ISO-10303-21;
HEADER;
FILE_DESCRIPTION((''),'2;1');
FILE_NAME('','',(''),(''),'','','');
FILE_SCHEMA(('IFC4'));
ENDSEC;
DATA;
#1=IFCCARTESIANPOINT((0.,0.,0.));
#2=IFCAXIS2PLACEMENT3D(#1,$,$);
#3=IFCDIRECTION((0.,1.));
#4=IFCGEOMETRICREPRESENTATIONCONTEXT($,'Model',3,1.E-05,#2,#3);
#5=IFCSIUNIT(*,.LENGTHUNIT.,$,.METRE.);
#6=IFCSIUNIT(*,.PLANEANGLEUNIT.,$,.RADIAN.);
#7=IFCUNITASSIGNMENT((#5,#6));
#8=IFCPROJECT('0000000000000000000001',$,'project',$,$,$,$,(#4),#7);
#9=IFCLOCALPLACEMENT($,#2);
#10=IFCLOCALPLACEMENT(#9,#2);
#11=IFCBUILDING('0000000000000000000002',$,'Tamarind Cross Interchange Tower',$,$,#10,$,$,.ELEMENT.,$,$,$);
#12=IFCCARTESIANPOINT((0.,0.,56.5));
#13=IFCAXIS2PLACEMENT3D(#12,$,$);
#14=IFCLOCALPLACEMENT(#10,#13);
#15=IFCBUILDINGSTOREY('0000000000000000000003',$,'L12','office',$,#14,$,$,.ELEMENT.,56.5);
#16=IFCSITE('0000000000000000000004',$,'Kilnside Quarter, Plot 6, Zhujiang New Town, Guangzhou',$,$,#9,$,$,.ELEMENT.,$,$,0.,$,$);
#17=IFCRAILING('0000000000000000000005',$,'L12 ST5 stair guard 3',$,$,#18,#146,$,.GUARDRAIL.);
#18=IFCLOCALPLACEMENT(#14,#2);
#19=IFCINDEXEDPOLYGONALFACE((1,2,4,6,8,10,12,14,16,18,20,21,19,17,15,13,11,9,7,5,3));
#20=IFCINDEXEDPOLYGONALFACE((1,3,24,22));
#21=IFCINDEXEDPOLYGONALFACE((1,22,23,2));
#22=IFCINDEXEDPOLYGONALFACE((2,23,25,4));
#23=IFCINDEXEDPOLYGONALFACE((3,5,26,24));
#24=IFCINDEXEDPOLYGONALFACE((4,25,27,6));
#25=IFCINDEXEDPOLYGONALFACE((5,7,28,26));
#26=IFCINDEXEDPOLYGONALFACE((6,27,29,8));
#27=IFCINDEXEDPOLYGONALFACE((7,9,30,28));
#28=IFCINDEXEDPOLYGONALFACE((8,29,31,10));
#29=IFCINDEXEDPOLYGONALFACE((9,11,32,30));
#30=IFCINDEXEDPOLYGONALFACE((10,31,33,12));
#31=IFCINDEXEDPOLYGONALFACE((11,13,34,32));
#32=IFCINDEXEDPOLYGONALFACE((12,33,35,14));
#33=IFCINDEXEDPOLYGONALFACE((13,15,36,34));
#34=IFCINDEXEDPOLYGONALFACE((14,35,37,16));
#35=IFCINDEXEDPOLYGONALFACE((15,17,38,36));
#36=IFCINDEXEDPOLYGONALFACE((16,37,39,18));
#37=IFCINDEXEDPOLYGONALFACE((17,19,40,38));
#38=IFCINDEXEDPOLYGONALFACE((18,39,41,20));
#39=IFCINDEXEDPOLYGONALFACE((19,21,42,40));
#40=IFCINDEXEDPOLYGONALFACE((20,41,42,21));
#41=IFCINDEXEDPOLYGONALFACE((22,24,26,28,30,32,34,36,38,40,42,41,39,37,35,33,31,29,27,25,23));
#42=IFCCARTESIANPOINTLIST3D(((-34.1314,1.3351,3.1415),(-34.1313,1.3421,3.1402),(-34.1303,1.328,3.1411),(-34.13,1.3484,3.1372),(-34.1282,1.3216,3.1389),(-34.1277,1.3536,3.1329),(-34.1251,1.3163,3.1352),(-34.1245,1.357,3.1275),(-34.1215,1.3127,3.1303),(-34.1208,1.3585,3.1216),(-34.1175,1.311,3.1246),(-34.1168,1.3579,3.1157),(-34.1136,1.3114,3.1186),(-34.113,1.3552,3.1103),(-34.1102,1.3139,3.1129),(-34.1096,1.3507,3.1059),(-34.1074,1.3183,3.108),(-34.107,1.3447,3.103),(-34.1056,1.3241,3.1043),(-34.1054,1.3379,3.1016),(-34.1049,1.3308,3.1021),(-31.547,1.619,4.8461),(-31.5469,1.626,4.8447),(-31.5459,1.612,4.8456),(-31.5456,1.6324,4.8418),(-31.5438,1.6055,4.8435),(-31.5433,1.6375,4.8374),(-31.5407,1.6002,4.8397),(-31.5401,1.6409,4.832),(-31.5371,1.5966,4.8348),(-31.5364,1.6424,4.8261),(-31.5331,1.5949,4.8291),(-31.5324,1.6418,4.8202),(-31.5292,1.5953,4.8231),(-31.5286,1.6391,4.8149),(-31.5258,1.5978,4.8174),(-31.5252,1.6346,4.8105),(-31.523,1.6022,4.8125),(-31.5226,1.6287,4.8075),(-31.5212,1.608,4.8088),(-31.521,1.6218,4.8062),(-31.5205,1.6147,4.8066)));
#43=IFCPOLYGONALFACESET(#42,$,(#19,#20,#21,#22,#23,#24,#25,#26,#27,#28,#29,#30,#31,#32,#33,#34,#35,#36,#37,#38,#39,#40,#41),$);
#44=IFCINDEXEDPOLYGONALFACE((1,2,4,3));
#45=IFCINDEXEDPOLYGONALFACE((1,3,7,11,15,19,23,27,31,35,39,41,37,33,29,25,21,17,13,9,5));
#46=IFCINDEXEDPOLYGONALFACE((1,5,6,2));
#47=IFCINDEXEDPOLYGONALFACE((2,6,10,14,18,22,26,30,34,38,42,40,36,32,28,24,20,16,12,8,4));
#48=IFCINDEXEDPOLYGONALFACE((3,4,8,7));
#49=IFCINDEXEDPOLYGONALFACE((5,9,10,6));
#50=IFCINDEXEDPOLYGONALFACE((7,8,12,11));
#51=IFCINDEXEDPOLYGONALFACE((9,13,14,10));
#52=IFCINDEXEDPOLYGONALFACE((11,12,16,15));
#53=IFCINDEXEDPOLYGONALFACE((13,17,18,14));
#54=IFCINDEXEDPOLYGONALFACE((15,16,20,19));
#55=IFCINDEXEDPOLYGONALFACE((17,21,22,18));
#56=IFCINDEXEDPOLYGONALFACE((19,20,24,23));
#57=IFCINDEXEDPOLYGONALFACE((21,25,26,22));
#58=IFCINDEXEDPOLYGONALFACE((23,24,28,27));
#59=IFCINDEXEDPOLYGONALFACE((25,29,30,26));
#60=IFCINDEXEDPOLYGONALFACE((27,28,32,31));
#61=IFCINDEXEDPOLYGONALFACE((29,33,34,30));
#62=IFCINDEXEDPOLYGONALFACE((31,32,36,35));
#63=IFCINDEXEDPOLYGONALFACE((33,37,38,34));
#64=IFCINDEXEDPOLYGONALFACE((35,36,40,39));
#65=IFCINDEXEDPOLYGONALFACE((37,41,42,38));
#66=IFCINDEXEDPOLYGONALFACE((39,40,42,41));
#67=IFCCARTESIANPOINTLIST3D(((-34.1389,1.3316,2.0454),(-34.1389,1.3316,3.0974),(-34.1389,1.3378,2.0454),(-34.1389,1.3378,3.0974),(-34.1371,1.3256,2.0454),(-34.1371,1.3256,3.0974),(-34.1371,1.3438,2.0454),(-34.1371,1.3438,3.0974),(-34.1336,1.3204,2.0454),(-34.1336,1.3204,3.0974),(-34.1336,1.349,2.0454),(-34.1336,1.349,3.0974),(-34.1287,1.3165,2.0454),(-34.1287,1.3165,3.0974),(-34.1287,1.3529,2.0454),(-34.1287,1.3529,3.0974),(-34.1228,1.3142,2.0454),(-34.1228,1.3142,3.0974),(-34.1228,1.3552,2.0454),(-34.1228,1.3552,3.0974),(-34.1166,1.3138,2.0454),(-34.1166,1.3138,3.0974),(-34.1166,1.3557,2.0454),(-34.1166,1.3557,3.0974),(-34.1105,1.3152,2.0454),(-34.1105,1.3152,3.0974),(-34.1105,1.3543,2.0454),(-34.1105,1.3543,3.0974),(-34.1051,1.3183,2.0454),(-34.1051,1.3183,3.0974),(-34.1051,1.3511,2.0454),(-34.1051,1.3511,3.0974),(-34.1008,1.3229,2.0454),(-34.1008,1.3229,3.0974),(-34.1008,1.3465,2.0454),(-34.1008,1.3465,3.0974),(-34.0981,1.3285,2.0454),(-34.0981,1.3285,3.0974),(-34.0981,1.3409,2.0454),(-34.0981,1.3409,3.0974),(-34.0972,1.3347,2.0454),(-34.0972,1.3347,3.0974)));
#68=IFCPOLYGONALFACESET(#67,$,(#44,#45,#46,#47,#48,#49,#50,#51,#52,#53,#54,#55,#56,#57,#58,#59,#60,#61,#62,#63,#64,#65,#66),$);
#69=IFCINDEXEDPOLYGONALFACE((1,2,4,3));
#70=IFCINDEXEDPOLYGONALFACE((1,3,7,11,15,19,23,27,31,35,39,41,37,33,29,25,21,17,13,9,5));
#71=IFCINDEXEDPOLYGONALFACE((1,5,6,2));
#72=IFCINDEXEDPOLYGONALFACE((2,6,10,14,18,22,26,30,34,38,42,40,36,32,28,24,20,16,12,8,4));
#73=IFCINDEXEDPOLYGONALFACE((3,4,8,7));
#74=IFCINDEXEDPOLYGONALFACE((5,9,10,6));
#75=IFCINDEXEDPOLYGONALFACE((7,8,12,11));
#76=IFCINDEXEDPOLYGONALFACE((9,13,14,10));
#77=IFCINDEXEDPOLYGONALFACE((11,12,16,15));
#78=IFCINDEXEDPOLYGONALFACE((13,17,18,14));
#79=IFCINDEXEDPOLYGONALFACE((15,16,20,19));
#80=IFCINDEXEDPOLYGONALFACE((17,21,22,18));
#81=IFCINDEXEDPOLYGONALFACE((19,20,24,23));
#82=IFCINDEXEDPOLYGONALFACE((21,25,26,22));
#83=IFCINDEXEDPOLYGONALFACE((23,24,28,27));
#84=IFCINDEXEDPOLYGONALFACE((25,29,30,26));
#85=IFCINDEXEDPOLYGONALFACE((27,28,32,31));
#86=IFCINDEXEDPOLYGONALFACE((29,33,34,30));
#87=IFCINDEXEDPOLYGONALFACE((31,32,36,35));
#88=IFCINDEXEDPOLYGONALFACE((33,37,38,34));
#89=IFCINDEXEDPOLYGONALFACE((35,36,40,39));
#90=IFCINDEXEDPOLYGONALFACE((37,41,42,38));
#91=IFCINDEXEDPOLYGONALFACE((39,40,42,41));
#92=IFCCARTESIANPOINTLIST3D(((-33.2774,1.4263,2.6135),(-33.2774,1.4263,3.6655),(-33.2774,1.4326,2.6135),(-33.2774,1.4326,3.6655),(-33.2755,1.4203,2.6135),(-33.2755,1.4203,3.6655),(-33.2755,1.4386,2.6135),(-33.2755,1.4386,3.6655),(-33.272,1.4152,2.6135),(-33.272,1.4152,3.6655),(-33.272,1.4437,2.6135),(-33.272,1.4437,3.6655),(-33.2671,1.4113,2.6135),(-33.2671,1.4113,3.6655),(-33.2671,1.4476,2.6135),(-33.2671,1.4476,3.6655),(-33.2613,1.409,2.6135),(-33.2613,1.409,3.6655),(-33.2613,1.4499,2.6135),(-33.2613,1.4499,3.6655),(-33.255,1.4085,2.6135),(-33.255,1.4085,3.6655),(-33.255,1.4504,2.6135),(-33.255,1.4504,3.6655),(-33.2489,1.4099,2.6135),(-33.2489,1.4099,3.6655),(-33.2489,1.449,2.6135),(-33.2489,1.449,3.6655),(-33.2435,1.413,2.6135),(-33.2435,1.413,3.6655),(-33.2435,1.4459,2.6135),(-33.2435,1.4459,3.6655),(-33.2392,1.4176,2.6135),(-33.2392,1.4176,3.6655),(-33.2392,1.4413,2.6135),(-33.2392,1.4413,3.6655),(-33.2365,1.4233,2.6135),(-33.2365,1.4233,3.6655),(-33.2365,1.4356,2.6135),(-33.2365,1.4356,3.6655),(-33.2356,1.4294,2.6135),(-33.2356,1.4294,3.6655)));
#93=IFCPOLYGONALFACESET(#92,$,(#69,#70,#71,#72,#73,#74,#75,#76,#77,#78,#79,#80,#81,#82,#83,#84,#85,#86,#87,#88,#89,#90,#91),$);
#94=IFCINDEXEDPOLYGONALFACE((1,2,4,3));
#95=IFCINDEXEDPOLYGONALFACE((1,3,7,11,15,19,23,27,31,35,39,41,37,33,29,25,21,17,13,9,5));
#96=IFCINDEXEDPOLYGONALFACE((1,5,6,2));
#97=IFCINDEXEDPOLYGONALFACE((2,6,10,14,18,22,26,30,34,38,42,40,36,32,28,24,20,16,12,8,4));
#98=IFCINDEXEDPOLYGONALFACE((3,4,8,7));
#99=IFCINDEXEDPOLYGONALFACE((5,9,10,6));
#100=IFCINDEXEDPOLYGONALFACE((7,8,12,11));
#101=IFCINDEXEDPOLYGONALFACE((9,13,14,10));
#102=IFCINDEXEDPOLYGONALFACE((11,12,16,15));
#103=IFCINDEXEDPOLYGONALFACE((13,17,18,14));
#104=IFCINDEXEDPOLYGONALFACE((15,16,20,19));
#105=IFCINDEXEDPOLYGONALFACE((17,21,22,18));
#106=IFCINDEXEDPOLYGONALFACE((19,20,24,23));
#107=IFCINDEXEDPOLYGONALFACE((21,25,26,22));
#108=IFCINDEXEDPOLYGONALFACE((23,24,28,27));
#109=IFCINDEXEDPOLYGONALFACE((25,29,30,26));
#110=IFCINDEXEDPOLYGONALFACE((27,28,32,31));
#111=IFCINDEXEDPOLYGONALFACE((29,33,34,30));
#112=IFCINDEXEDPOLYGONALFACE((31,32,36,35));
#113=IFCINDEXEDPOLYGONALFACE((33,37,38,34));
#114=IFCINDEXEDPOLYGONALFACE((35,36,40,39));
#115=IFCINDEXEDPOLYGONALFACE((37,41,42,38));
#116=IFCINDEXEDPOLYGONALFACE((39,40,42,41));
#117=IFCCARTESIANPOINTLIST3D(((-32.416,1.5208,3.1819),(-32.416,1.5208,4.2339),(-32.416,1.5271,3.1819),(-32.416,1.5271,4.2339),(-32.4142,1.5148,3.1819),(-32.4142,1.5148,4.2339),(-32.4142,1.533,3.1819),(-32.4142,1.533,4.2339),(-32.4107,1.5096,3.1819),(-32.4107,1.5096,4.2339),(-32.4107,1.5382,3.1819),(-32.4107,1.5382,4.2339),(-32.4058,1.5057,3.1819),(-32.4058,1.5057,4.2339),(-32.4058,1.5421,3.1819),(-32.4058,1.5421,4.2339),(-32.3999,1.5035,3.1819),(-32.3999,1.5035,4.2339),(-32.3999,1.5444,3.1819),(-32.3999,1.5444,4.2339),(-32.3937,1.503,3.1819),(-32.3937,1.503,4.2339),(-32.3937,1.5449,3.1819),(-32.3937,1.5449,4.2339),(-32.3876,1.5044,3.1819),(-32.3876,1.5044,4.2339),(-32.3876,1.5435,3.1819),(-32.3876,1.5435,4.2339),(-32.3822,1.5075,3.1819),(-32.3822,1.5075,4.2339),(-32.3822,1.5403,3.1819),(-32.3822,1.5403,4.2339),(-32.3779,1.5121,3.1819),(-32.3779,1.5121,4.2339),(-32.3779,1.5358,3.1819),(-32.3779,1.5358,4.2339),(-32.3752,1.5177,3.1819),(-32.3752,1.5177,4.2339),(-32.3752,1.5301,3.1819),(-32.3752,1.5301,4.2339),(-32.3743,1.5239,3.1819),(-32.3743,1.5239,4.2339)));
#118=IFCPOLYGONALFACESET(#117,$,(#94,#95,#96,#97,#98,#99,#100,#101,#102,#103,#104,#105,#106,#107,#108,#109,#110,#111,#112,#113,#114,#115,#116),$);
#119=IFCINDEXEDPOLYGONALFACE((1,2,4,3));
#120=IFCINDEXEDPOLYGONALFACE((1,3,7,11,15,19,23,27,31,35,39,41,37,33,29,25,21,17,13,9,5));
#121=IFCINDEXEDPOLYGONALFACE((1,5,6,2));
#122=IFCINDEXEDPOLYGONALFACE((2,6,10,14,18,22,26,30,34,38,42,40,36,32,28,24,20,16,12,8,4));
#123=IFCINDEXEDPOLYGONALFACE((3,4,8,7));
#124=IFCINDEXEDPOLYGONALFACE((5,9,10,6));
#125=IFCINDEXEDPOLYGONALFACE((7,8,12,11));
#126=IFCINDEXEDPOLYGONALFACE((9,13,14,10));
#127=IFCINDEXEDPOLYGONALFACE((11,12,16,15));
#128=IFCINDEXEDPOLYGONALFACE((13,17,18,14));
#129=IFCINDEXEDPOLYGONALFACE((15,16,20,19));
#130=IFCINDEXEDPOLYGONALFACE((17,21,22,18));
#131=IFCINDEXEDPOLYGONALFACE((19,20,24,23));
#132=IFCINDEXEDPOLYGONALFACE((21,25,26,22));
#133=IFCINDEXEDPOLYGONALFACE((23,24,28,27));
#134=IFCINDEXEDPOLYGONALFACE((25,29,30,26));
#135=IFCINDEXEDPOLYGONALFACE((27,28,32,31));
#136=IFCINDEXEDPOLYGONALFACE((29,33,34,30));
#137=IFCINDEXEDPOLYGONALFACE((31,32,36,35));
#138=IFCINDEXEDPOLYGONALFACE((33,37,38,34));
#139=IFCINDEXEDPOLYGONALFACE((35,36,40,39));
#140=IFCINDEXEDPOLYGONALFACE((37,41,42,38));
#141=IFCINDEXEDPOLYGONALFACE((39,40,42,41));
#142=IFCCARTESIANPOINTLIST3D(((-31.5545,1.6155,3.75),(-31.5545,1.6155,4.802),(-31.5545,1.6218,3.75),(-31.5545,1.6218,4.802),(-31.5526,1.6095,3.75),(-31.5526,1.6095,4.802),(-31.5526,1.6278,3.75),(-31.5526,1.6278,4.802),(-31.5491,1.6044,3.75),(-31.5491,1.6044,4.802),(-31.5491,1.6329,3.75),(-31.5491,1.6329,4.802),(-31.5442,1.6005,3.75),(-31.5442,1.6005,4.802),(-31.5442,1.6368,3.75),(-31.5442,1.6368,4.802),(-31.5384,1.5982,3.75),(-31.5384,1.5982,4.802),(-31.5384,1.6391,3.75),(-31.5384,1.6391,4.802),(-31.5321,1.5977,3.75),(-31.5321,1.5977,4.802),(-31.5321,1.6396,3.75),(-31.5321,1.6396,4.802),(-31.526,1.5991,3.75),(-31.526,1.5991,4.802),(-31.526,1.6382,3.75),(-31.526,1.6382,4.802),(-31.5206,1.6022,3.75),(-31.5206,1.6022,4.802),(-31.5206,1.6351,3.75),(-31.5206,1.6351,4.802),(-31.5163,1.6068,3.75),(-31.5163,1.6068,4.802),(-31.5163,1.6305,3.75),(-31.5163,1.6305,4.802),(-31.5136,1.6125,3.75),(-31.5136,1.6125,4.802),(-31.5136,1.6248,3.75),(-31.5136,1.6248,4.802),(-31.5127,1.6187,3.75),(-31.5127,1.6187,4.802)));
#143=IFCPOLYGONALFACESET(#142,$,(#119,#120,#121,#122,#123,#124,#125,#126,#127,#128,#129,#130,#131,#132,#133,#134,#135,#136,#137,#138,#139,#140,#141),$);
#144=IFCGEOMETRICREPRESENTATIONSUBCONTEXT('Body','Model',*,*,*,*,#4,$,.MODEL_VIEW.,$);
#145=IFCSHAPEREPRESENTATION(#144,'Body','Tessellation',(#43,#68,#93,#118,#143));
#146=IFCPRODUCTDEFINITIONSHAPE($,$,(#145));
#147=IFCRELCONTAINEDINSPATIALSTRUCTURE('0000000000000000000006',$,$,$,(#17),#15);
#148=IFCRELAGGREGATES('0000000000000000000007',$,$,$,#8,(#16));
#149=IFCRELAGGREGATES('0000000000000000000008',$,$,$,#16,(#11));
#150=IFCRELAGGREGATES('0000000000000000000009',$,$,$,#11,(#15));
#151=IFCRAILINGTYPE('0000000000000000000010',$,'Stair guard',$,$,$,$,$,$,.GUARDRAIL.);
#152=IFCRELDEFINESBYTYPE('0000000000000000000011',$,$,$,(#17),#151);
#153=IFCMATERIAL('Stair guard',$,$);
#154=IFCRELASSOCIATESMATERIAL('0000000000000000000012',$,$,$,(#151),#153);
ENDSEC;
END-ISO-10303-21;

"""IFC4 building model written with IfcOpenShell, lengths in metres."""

from ifc_helpers import new_model, si_unit, direction, frame, origin, origin_2d, place, context, subcontext, project, spatial, circle, extrude, material, type_object, element, save


model = new_model("IFC4")

# Units and contexts
model_context = context("Model", 3, precision=1e-05, world=origin(), true_north=direction((0.0, 1.0)))
body_context = subcontext(model_context, "Body", "Model", "MODEL_VIEW")
ifc_project = project(units=[si_unit("LENGTHUNIT", "METRE"), si_unit("PLANEANGLEUNIT", "RADIAN")], contexts=[model_context])

# Site, building, storey
site_placement = place(None, origin())
site = spatial("IfcSite", under=ifc_project, at=site_placement, Name="Kilnside Quarter, Plot 6, Zhujiang New Town, Guangzhou", CompositionType="ELEMENT", RefElevation=0.0)
building_placement = place(site_placement, origin())
building = spatial("IfcBuilding", under=site, at=building_placement, Name="Tamarind Cross Interchange Tower", CompositionType="ELEMENT")
storey_placement = place(building_placement, frame((0.0, 0.0, 56.5)))
storey = spatial("IfcBuildingStorey", under=building, at=storey_placement, Name="L12", Description="office", CompositionType="ELEMENT", Elevation=56.5)

# Railing
ifc_material_1 = material(Name="Stair guard")
railing_type_1 = type_object("IfcRailingType", Name="Stair guard", PredefinedType="GUARDRAIL", material=ifc_material_1)
railing_1_placement = place(storey_placement, frame((-34.1182, 1.3347, 2.0454)))
element("IfcRailing", 1, at=railing_1_placement, inside=storey, type_object=railing_type_1, Name="L12 ST5 stair guard 3", PredefinedType="GUARDRAIL", context=body_context, shape_type="SweptSolid", body=[
    extrude(circle(Radius=0.0239, at=origin_2d()), frame((0.0, 0.0, 1.0762), z_axis=(0.831293, 0.091328, 0.54828), x_axis=(-0.109205, 0.994019, 0.0)), (0.0, 0.0, 1.0), 3.1089),
    extrude(circle(Radius=0.021, at=origin_2d()), origin(), (0.0, 0.0, 1.0), 1.052),
    extrude(circle(Radius=0.021, at=origin_2d()), frame((0.8616, 0.0947, 0.5681)), (0.0, 0.0, 1.0), 1.052),
    extrude(circle(Radius=0.021, at=origin_2d()), frame((1.7229, 0.1892, 1.1365)), (0.0, 0.0, 1.0), 1.052),
    extrude(circle(Radius=0.021, at=origin_2d()), frame((2.5845, 0.2839, 1.7046)), (0.0, 0.0, 1.0), 1.052),
])

save(model, "model.ifc")
